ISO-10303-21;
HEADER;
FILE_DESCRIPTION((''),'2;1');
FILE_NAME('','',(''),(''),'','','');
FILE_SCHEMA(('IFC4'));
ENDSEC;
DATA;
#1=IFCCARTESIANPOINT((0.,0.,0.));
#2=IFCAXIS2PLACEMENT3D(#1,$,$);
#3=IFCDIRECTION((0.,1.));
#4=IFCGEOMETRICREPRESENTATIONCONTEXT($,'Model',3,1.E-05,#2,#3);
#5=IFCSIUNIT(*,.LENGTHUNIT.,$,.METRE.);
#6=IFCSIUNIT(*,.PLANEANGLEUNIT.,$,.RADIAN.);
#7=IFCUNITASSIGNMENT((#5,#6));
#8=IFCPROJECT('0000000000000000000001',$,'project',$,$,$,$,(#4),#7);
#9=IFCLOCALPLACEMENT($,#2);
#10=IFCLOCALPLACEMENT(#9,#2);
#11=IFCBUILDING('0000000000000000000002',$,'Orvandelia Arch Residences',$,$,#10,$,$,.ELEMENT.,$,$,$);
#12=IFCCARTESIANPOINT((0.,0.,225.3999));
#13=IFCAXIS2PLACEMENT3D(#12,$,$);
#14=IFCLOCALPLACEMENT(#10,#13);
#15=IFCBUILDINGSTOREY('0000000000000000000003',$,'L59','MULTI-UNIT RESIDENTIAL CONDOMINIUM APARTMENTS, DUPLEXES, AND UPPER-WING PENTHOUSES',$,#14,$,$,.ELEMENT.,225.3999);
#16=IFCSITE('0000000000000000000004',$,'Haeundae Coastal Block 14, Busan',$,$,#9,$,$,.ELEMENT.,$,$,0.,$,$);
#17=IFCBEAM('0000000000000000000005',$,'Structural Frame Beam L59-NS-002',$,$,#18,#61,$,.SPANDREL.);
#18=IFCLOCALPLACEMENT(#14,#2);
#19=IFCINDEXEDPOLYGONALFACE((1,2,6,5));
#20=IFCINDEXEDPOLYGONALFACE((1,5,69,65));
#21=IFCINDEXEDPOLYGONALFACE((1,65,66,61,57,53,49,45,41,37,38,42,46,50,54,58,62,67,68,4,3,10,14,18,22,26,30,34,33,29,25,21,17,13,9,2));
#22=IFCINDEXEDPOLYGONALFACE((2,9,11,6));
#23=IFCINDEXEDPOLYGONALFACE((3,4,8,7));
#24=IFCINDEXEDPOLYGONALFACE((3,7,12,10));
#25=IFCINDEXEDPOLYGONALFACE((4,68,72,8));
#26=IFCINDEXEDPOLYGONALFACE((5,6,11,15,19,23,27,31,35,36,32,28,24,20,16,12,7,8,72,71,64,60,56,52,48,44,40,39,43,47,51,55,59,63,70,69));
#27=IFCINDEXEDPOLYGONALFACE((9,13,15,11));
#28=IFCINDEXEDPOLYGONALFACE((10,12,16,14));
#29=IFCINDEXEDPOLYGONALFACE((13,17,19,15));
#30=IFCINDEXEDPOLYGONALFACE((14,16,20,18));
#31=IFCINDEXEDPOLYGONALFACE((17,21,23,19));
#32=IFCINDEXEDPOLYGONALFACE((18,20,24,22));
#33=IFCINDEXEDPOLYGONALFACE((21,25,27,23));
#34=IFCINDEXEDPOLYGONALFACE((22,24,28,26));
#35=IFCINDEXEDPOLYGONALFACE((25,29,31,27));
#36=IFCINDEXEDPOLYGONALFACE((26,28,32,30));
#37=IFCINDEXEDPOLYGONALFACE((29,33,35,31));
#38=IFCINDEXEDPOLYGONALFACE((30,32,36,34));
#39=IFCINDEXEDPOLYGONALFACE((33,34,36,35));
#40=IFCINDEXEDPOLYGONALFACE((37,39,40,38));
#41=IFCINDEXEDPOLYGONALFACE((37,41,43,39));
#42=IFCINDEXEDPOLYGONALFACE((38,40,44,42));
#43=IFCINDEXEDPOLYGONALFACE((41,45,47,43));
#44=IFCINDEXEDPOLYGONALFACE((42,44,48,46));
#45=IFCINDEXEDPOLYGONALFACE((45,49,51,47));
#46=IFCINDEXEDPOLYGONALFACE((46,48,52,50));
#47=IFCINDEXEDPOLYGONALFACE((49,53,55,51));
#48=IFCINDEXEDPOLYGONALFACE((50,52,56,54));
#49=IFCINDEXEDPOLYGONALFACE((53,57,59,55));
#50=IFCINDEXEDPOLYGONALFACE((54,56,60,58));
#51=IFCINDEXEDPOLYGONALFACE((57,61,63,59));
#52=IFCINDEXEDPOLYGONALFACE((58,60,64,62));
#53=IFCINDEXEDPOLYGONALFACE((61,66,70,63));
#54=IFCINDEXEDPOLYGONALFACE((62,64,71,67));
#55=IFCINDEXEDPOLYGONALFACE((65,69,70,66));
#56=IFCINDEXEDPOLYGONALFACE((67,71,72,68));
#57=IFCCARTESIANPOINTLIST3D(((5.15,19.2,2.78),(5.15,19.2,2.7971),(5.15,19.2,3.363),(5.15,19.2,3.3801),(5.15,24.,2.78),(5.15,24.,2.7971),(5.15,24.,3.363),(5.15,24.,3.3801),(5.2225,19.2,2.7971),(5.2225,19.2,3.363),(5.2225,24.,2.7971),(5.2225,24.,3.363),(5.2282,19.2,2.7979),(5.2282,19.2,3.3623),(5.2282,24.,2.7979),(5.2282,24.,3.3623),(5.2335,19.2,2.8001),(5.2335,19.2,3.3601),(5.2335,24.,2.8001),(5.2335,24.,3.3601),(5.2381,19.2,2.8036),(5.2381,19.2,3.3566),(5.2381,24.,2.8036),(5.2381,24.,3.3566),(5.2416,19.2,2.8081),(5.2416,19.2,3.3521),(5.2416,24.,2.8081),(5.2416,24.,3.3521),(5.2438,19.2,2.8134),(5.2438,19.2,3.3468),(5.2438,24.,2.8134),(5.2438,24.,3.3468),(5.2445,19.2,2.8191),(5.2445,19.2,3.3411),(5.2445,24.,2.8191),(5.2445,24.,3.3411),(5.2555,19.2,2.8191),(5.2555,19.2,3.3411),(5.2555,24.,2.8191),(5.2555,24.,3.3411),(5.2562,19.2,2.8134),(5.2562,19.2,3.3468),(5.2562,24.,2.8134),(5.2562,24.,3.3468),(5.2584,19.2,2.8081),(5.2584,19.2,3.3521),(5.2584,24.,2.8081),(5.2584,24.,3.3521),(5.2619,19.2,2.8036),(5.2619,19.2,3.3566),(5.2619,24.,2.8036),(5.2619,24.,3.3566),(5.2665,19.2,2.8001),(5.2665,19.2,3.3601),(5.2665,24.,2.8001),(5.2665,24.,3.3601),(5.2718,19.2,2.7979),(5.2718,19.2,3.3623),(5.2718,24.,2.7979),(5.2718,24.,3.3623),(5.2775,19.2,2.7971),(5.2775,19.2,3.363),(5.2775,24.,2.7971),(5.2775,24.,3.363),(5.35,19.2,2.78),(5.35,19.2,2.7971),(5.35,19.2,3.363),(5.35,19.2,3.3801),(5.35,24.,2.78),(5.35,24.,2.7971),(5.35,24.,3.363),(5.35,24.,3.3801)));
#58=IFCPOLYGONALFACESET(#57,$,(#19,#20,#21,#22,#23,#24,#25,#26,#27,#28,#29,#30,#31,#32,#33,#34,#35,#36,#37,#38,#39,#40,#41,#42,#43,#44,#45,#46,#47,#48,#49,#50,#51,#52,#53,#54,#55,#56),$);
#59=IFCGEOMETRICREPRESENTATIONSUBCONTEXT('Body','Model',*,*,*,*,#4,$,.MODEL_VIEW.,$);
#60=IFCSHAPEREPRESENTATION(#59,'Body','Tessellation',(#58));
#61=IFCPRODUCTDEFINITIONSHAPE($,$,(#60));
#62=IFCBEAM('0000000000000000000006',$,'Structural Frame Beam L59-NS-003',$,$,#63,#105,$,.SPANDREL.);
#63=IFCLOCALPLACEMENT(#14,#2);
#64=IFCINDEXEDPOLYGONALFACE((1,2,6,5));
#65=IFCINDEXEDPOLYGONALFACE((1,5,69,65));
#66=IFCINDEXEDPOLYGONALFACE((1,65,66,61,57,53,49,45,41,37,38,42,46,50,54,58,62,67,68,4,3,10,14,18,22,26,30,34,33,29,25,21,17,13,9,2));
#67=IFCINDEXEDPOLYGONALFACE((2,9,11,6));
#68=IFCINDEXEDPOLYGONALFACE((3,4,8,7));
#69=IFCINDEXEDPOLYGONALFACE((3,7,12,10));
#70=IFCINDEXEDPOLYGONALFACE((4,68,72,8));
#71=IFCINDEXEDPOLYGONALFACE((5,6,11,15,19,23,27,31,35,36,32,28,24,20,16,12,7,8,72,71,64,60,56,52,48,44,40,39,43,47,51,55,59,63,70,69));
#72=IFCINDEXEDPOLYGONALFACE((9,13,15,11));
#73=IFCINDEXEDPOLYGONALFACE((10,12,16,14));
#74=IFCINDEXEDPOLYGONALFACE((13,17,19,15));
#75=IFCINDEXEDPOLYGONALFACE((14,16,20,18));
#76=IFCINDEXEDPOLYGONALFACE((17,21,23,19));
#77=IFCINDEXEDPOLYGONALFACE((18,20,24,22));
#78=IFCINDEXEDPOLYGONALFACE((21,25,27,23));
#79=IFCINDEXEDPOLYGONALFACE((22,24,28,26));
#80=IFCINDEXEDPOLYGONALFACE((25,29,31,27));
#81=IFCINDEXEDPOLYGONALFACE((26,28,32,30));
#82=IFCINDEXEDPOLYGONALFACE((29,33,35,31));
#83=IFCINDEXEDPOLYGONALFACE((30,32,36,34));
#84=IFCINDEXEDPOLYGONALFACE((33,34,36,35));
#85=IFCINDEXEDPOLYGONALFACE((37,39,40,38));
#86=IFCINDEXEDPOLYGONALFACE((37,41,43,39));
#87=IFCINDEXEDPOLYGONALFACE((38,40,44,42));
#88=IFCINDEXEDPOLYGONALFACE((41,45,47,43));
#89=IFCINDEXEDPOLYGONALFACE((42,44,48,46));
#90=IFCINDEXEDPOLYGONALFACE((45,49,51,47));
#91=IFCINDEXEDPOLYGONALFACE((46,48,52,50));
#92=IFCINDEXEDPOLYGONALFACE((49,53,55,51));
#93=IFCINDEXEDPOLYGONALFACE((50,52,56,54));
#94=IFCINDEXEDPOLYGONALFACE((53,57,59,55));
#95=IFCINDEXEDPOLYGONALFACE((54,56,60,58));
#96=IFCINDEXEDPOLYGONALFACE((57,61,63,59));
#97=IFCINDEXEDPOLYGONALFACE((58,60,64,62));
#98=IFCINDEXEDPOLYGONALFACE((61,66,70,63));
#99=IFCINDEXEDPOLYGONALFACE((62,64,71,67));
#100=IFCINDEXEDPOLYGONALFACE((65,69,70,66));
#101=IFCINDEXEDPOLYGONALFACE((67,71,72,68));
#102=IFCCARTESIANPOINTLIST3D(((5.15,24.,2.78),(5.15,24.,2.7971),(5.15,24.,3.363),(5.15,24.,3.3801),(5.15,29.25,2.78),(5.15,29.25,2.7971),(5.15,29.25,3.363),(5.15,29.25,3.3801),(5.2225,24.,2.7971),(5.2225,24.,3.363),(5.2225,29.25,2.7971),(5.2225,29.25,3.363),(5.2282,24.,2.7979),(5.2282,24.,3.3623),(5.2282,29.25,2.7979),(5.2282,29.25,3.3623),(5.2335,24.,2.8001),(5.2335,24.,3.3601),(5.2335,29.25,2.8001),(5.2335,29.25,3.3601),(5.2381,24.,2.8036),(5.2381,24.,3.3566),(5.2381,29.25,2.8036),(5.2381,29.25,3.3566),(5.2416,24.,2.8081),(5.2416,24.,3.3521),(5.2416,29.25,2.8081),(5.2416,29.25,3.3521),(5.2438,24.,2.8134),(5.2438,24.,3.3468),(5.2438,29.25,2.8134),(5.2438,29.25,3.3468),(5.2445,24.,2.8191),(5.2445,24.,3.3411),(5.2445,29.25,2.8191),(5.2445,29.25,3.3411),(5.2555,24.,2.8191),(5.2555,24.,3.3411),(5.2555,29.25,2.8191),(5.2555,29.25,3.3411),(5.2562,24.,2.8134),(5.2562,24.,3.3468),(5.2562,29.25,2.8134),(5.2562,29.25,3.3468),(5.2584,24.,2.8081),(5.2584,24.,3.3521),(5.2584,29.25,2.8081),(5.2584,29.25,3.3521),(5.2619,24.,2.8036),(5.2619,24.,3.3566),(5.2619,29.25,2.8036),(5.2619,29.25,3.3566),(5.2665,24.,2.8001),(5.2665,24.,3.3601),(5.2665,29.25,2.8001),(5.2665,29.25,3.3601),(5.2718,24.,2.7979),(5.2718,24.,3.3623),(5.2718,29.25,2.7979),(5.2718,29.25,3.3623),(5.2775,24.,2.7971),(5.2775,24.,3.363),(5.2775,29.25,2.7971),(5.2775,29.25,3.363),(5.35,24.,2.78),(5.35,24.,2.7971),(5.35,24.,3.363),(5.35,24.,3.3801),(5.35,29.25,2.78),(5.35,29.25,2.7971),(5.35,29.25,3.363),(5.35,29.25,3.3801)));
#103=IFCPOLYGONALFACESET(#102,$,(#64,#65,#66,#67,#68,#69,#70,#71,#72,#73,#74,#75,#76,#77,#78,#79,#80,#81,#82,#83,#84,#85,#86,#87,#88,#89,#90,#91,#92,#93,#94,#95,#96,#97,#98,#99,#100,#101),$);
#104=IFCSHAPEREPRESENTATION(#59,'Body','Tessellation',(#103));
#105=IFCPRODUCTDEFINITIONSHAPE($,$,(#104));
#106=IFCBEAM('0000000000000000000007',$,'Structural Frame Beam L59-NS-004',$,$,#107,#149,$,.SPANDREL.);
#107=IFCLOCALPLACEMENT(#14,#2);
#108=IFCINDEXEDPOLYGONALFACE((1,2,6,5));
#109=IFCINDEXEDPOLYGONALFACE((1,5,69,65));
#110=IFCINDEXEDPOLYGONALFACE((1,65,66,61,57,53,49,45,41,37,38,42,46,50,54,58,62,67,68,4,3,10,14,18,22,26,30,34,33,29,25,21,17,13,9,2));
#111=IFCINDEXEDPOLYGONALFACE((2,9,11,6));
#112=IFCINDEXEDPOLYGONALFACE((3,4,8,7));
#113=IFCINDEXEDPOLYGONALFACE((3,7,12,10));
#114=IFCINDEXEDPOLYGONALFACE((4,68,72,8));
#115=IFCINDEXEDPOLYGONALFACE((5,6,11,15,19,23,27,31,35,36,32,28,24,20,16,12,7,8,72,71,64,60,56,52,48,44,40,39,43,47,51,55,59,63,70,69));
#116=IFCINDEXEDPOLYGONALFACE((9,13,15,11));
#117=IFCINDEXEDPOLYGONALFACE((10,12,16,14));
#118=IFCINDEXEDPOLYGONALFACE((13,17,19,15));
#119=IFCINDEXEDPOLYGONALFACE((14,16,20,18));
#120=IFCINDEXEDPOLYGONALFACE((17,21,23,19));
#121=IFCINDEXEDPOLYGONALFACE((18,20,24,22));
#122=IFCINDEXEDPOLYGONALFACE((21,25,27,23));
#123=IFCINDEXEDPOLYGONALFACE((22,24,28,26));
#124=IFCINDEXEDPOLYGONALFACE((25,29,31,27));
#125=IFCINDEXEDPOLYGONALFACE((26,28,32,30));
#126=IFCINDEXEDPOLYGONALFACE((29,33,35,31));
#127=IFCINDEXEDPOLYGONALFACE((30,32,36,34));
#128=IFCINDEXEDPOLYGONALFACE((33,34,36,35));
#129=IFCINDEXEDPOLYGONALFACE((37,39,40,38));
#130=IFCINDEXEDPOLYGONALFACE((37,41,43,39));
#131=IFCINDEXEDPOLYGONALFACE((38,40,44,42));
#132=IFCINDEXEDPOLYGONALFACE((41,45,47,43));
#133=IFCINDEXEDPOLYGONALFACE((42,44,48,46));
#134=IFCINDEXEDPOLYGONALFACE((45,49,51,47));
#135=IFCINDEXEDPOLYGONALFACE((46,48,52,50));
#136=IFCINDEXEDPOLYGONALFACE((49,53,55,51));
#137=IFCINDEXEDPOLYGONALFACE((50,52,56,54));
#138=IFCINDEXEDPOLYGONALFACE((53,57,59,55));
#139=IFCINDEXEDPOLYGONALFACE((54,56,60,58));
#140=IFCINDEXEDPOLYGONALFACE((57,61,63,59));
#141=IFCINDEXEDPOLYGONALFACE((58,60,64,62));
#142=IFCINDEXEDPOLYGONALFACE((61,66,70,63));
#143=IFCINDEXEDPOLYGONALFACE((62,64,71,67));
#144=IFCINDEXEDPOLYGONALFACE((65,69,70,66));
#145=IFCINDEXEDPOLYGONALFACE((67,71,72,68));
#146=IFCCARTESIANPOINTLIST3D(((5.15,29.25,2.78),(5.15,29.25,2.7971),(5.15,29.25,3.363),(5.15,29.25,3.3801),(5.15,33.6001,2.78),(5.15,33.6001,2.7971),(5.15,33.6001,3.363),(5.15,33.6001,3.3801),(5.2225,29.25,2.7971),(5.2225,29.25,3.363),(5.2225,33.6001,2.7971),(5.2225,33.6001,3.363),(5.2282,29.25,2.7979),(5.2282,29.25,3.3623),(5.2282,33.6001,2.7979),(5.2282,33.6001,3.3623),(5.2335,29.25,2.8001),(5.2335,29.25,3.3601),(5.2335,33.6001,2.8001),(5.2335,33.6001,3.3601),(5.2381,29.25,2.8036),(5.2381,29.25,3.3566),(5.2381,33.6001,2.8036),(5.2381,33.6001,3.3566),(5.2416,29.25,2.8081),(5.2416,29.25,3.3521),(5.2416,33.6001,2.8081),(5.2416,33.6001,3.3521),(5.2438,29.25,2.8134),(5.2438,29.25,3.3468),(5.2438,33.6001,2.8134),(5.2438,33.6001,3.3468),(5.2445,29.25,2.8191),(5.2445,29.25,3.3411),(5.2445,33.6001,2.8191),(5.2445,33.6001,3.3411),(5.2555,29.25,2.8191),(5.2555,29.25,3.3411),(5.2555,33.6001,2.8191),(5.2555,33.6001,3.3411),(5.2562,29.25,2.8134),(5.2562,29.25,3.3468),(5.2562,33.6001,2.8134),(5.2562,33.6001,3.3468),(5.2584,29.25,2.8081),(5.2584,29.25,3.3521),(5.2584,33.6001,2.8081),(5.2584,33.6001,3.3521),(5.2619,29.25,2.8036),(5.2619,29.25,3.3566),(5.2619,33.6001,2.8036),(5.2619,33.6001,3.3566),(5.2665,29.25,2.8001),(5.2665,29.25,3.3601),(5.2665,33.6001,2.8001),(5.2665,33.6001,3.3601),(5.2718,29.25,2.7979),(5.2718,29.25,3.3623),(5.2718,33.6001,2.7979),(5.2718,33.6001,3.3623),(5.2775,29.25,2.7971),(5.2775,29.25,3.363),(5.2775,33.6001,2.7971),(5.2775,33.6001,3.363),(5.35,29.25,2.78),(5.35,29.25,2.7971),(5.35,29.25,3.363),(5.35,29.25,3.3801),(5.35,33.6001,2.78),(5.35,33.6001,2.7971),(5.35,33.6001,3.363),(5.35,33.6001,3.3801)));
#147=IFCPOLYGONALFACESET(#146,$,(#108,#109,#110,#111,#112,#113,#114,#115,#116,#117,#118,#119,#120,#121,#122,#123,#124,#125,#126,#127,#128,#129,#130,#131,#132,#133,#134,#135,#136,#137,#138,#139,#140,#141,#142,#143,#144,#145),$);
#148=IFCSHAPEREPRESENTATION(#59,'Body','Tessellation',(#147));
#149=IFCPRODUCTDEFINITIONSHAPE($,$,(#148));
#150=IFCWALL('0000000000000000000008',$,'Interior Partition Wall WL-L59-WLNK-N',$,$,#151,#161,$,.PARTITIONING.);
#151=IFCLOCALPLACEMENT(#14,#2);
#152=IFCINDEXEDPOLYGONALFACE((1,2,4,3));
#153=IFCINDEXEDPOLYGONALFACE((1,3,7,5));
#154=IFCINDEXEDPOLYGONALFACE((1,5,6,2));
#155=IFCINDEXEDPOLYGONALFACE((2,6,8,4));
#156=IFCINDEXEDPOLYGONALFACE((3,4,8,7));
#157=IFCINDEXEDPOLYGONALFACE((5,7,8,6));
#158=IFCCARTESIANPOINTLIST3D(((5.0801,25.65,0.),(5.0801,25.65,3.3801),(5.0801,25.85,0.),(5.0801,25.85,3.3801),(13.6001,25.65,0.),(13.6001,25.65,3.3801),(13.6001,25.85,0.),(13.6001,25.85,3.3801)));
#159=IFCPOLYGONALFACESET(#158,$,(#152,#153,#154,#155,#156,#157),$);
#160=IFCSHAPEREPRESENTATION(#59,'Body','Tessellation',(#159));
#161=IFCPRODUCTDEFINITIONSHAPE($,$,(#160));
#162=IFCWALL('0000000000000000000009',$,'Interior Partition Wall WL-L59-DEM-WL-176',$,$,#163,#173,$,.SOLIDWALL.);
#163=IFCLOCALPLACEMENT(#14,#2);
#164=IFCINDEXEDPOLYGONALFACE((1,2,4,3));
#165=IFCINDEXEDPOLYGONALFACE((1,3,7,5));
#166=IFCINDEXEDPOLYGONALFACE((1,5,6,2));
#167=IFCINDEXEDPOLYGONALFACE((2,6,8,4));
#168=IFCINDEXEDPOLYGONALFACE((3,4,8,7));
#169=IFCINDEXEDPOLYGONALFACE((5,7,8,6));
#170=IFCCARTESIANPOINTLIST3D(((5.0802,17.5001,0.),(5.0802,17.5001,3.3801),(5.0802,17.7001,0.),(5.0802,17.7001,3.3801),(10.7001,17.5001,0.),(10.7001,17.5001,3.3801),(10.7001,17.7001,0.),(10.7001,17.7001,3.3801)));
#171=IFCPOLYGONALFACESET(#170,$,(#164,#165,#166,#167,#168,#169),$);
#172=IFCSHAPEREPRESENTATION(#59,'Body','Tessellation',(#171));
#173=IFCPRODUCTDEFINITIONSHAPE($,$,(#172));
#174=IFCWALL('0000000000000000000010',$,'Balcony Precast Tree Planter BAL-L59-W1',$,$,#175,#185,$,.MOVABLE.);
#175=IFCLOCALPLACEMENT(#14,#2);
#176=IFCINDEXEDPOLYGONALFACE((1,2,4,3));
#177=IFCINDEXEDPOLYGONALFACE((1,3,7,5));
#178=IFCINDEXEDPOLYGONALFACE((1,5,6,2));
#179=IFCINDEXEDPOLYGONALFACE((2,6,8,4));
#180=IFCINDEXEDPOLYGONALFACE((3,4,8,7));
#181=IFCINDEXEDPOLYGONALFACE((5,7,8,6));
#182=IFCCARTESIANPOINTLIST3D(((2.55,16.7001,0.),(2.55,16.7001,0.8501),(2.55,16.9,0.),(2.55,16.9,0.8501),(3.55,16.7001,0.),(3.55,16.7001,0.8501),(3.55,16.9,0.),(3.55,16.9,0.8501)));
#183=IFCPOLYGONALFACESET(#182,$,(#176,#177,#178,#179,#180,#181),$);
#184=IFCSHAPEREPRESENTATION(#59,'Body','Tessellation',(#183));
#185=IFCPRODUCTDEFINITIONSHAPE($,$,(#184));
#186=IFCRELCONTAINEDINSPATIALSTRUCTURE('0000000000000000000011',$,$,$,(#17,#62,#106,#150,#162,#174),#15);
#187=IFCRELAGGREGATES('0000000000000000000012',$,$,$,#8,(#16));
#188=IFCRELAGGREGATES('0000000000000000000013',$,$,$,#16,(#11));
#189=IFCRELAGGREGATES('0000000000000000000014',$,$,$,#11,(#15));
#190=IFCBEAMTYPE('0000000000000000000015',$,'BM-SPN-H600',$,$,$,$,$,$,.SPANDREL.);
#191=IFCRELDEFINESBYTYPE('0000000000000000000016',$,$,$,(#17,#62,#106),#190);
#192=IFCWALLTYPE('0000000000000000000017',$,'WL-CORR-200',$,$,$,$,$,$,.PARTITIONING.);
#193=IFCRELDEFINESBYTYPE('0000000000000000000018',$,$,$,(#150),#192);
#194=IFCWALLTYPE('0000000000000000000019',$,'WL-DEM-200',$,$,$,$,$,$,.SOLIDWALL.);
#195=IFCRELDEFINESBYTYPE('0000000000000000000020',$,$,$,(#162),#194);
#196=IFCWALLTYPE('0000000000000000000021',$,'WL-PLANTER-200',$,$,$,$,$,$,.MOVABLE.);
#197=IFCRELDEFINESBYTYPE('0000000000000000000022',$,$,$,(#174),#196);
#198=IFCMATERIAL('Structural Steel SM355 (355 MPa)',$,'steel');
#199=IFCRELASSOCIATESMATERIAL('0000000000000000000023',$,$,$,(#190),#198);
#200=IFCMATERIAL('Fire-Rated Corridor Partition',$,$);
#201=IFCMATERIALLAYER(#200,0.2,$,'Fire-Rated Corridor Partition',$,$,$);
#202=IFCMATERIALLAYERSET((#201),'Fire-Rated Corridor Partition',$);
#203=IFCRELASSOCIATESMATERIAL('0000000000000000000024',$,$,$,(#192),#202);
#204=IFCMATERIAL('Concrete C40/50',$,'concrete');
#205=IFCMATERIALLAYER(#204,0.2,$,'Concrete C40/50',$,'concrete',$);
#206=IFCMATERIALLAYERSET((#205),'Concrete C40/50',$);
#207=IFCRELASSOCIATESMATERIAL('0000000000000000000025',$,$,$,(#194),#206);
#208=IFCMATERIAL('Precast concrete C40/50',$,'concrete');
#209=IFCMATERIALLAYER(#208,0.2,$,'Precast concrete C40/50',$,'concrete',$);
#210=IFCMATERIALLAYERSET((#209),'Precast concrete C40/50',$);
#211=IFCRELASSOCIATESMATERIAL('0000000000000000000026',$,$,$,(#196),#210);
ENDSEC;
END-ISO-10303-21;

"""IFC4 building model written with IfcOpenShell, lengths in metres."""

from ifc_helpers import new_model, si_unit, direction, frame, frame_2d, origin, origin_2d, place, context, subcontext, project, spatial, rectangle, i_section, extrude, material, layer, layer_set, material_profile, profile_set, type_object, element, save


model = new_model("IFC4")

# Units and contexts
model_context = context("Model", 3, precision=1e-05, world=origin(), true_north=direction((0.0, 1.0)))
body_context = subcontext(model_context, "Body", "Model", "MODEL_VIEW")
ifc_project = project(units=[si_unit("LENGTHUNIT", "METRE"), si_unit("PLANEANGLEUNIT", "RADIAN")], contexts=[model_context])

# Site, building, storey
site_placement = place(None, origin())
site = spatial("IfcSite", under=ifc_project, at=site_placement, Name="Haeundae Coastal Block 14, Busan", CompositionType="ELEMENT", RefElevation=0.0)
building_placement = place(site_placement, origin())
building = spatial("IfcBuilding", under=site, at=building_placement, Name="Orvandelia Arch Residences", CompositionType="ELEMENT")
storey_placement = place(building_placement, frame((0.0, 0.0, 225.3999)))
storey = spatial("IfcBuildingStorey", under=building, at=storey_placement, Name="L59", Description="MULTI-UNIT RESIDENTIAL CONDOMINIUM APARTMENTS, DUPLEXES, AND UPPER-WING PENTHOUSES", CompositionType="ELEMENT", Elevation=225.3999)

# Beams
ifc_material_1 = material(Name="Structural Steel SM355 (355 MPa)", Category="steel")
ifc_material_profile_1 = material_profile(ifc_material_1, i_section(OverallWidth=0.2, OverallDepth=0.6001, WebThickness=0.011, FlangeThickness=0.0171, FilletRadius=0.022, at=origin_2d()), Name="Structural Steel SM355 (355 MPa)", Category="steel")
ifc_profile_set_1 = profile_set([ifc_material_profile_1], Name="Structural Steel SM355 (355 MPa)")
beam_type_1 = type_object("IfcBeamType", Name="BM-SPN-H600", PredefinedType="SPANDREL", material=ifc_profile_set_1)
beam_1_placement = place(storey_placement, frame((5.25, 19.2, 3.0801), z_axis=(0.0, 1.0, 0.0), x_axis=(-1.0, 0.0, 0.0)))
element("IfcBeam", 1, at=beam_1_placement, inside=storey, type_object=beam_type_1, Name="Structural Frame Beam L59-NS-002", PredefinedType="SPANDREL", context=body_context, shape_type="SweptSolid", body=[
    extrude(i_section(OverallWidth=0.2, OverallDepth=0.6001, WebThickness=0.011, FlangeThickness=0.0171, FilletRadius=0.022, at=origin_2d()), origin(), (0.0, 0.0, 1.0), 4.8),
])
beam_2_placement = place(storey_placement, frame((5.25, 24.0, 3.0801), z_axis=(0.0, 1.0, 0.0), x_axis=(-1.0, 0.0, 0.0)))
element("IfcBeam", 2, at=beam_2_placement, inside=storey, type_object=beam_type_1, Name="Structural Frame Beam L59-NS-003", PredefinedType="SPANDREL", context=body_context, shape_type="SweptSolid", body=[
    extrude(i_section(OverallWidth=0.2, OverallDepth=0.6001, WebThickness=0.011, FlangeThickness=0.0171, FilletRadius=0.022, at=origin_2d()), origin(), (0.0, 0.0, 1.0), 5.25),
])
beam_3_placement = place(storey_placement, frame((5.25, 29.25, 3.0801), z_axis=(0.0, 1.0, 0.0), x_axis=(-1.0, 0.0, 0.0)))
element("IfcBeam", 3, at=beam_3_placement, inside=storey, type_object=beam_type_1, Name="Structural Frame Beam L59-NS-004", PredefinedType="SPANDREL", context=body_context, shape_type="SweptSolid", body=[
    extrude(i_section(OverallWidth=0.2, OverallDepth=0.6001, WebThickness=0.011, FlangeThickness=0.0171, FilletRadius=0.022, at=origin_2d()), origin(), (0.0, 0.0, 1.0), 4.3501),
])

# Walls
ifc_material_2 = material(Name="Fire-Rated Corridor Partition")
ifc_layer_1 = layer(ifc_material_2, 0.2, Name="Fire-Rated Corridor Partition")
ifc_layer_set_1 = layer_set([ifc_layer_1], Name="Fire-Rated Corridor Partition")
wall_type_1 = type_object("IfcWallType", Name="WL-CORR-200", PredefinedType="PARTITIONING", material=ifc_layer_set_1)
wall_1_placement = place(storey_placement, frame((5.0801, 25.75, 0.0), z_axis=(0.0, 0.0, 1.0), x_axis=(1.0, 0.0, 0.0)))
element("IfcWall", 4, at=wall_1_placement, inside=storey, type_object=wall_type_1, Name="Interior Partition Wall WL-L59-WLNK-N", PredefinedType="PARTITIONING", context=body_context, shape_type="SweptSolid", body=[
    extrude(rectangle(XDim=8.52, YDim=0.2, at=frame_2d((4.26, 0.0))), origin(), (0.0, 0.0, 1.0), 3.3801),
])
ifc_material_3 = material(Name="Concrete C40/50", Category="concrete")
ifc_layer_2 = layer(ifc_material_3, 0.2, Name="Concrete C40/50", Category="concrete")
ifc_layer_set_2 = layer_set([ifc_layer_2], Name="Concrete C40/50")
wall_type_2 = type_object("IfcWallType", Name="WL-DEM-200", PredefinedType="SOLIDWALL", material=ifc_layer_set_2)
wall_2_placement = place(storey_placement, frame((5.0801, 17.6001, 0.0), z_axis=(0.0, 0.0, 1.0), x_axis=(1.0, 0.0, 0.0)))
element("IfcWall", 5, at=wall_2_placement, inside=storey, type_object=wall_type_2, Name="Interior Partition Wall WL-L59-DEM-WL-176", PredefinedType="SOLIDWALL", context=body_context, shape_type="SweptSolid", body=[
    extrude(rectangle(XDim=5.6199, YDim=0.2, at=frame_2d((2.8101, 0.0))), origin(), (0.0, 0.0, 1.0), 3.3801),
])
ifc_material_4 = material(Name="Precast concrete C40/50", Category="concrete")
ifc_layer_3 = layer(ifc_material_4, 0.2, Name="Precast concrete C40/50", Category="concrete")
ifc_layer_set_3 = layer_set([ifc_layer_3], Name="Precast concrete C40/50")
wall_type_3 = type_object("IfcWallType", Name="WL-PLANTER-200", PredefinedType="MOVABLE", material=ifc_layer_set_3)
wall_3_placement = place(storey_placement, frame((2.55, 16.8, 0.0), z_axis=(0.0, 0.0, 1.0), x_axis=(1.0, 0.0, 0.0)))
element("IfcWall", 6, at=wall_3_placement, inside=storey, type_object=wall_type_3, Name="Balcony Precast Tree Planter BAL-L59-W1", PredefinedType="MOVABLE", context=body_context, shape_type="SweptSolid", body=[
    extrude(rectangle(XDim=1.0, YDim=0.2, at=frame_2d((0.5, 0.0))), origin(), (0.0, 0.0, 1.0), 0.8501),
])

save(model, "model.ifc")
